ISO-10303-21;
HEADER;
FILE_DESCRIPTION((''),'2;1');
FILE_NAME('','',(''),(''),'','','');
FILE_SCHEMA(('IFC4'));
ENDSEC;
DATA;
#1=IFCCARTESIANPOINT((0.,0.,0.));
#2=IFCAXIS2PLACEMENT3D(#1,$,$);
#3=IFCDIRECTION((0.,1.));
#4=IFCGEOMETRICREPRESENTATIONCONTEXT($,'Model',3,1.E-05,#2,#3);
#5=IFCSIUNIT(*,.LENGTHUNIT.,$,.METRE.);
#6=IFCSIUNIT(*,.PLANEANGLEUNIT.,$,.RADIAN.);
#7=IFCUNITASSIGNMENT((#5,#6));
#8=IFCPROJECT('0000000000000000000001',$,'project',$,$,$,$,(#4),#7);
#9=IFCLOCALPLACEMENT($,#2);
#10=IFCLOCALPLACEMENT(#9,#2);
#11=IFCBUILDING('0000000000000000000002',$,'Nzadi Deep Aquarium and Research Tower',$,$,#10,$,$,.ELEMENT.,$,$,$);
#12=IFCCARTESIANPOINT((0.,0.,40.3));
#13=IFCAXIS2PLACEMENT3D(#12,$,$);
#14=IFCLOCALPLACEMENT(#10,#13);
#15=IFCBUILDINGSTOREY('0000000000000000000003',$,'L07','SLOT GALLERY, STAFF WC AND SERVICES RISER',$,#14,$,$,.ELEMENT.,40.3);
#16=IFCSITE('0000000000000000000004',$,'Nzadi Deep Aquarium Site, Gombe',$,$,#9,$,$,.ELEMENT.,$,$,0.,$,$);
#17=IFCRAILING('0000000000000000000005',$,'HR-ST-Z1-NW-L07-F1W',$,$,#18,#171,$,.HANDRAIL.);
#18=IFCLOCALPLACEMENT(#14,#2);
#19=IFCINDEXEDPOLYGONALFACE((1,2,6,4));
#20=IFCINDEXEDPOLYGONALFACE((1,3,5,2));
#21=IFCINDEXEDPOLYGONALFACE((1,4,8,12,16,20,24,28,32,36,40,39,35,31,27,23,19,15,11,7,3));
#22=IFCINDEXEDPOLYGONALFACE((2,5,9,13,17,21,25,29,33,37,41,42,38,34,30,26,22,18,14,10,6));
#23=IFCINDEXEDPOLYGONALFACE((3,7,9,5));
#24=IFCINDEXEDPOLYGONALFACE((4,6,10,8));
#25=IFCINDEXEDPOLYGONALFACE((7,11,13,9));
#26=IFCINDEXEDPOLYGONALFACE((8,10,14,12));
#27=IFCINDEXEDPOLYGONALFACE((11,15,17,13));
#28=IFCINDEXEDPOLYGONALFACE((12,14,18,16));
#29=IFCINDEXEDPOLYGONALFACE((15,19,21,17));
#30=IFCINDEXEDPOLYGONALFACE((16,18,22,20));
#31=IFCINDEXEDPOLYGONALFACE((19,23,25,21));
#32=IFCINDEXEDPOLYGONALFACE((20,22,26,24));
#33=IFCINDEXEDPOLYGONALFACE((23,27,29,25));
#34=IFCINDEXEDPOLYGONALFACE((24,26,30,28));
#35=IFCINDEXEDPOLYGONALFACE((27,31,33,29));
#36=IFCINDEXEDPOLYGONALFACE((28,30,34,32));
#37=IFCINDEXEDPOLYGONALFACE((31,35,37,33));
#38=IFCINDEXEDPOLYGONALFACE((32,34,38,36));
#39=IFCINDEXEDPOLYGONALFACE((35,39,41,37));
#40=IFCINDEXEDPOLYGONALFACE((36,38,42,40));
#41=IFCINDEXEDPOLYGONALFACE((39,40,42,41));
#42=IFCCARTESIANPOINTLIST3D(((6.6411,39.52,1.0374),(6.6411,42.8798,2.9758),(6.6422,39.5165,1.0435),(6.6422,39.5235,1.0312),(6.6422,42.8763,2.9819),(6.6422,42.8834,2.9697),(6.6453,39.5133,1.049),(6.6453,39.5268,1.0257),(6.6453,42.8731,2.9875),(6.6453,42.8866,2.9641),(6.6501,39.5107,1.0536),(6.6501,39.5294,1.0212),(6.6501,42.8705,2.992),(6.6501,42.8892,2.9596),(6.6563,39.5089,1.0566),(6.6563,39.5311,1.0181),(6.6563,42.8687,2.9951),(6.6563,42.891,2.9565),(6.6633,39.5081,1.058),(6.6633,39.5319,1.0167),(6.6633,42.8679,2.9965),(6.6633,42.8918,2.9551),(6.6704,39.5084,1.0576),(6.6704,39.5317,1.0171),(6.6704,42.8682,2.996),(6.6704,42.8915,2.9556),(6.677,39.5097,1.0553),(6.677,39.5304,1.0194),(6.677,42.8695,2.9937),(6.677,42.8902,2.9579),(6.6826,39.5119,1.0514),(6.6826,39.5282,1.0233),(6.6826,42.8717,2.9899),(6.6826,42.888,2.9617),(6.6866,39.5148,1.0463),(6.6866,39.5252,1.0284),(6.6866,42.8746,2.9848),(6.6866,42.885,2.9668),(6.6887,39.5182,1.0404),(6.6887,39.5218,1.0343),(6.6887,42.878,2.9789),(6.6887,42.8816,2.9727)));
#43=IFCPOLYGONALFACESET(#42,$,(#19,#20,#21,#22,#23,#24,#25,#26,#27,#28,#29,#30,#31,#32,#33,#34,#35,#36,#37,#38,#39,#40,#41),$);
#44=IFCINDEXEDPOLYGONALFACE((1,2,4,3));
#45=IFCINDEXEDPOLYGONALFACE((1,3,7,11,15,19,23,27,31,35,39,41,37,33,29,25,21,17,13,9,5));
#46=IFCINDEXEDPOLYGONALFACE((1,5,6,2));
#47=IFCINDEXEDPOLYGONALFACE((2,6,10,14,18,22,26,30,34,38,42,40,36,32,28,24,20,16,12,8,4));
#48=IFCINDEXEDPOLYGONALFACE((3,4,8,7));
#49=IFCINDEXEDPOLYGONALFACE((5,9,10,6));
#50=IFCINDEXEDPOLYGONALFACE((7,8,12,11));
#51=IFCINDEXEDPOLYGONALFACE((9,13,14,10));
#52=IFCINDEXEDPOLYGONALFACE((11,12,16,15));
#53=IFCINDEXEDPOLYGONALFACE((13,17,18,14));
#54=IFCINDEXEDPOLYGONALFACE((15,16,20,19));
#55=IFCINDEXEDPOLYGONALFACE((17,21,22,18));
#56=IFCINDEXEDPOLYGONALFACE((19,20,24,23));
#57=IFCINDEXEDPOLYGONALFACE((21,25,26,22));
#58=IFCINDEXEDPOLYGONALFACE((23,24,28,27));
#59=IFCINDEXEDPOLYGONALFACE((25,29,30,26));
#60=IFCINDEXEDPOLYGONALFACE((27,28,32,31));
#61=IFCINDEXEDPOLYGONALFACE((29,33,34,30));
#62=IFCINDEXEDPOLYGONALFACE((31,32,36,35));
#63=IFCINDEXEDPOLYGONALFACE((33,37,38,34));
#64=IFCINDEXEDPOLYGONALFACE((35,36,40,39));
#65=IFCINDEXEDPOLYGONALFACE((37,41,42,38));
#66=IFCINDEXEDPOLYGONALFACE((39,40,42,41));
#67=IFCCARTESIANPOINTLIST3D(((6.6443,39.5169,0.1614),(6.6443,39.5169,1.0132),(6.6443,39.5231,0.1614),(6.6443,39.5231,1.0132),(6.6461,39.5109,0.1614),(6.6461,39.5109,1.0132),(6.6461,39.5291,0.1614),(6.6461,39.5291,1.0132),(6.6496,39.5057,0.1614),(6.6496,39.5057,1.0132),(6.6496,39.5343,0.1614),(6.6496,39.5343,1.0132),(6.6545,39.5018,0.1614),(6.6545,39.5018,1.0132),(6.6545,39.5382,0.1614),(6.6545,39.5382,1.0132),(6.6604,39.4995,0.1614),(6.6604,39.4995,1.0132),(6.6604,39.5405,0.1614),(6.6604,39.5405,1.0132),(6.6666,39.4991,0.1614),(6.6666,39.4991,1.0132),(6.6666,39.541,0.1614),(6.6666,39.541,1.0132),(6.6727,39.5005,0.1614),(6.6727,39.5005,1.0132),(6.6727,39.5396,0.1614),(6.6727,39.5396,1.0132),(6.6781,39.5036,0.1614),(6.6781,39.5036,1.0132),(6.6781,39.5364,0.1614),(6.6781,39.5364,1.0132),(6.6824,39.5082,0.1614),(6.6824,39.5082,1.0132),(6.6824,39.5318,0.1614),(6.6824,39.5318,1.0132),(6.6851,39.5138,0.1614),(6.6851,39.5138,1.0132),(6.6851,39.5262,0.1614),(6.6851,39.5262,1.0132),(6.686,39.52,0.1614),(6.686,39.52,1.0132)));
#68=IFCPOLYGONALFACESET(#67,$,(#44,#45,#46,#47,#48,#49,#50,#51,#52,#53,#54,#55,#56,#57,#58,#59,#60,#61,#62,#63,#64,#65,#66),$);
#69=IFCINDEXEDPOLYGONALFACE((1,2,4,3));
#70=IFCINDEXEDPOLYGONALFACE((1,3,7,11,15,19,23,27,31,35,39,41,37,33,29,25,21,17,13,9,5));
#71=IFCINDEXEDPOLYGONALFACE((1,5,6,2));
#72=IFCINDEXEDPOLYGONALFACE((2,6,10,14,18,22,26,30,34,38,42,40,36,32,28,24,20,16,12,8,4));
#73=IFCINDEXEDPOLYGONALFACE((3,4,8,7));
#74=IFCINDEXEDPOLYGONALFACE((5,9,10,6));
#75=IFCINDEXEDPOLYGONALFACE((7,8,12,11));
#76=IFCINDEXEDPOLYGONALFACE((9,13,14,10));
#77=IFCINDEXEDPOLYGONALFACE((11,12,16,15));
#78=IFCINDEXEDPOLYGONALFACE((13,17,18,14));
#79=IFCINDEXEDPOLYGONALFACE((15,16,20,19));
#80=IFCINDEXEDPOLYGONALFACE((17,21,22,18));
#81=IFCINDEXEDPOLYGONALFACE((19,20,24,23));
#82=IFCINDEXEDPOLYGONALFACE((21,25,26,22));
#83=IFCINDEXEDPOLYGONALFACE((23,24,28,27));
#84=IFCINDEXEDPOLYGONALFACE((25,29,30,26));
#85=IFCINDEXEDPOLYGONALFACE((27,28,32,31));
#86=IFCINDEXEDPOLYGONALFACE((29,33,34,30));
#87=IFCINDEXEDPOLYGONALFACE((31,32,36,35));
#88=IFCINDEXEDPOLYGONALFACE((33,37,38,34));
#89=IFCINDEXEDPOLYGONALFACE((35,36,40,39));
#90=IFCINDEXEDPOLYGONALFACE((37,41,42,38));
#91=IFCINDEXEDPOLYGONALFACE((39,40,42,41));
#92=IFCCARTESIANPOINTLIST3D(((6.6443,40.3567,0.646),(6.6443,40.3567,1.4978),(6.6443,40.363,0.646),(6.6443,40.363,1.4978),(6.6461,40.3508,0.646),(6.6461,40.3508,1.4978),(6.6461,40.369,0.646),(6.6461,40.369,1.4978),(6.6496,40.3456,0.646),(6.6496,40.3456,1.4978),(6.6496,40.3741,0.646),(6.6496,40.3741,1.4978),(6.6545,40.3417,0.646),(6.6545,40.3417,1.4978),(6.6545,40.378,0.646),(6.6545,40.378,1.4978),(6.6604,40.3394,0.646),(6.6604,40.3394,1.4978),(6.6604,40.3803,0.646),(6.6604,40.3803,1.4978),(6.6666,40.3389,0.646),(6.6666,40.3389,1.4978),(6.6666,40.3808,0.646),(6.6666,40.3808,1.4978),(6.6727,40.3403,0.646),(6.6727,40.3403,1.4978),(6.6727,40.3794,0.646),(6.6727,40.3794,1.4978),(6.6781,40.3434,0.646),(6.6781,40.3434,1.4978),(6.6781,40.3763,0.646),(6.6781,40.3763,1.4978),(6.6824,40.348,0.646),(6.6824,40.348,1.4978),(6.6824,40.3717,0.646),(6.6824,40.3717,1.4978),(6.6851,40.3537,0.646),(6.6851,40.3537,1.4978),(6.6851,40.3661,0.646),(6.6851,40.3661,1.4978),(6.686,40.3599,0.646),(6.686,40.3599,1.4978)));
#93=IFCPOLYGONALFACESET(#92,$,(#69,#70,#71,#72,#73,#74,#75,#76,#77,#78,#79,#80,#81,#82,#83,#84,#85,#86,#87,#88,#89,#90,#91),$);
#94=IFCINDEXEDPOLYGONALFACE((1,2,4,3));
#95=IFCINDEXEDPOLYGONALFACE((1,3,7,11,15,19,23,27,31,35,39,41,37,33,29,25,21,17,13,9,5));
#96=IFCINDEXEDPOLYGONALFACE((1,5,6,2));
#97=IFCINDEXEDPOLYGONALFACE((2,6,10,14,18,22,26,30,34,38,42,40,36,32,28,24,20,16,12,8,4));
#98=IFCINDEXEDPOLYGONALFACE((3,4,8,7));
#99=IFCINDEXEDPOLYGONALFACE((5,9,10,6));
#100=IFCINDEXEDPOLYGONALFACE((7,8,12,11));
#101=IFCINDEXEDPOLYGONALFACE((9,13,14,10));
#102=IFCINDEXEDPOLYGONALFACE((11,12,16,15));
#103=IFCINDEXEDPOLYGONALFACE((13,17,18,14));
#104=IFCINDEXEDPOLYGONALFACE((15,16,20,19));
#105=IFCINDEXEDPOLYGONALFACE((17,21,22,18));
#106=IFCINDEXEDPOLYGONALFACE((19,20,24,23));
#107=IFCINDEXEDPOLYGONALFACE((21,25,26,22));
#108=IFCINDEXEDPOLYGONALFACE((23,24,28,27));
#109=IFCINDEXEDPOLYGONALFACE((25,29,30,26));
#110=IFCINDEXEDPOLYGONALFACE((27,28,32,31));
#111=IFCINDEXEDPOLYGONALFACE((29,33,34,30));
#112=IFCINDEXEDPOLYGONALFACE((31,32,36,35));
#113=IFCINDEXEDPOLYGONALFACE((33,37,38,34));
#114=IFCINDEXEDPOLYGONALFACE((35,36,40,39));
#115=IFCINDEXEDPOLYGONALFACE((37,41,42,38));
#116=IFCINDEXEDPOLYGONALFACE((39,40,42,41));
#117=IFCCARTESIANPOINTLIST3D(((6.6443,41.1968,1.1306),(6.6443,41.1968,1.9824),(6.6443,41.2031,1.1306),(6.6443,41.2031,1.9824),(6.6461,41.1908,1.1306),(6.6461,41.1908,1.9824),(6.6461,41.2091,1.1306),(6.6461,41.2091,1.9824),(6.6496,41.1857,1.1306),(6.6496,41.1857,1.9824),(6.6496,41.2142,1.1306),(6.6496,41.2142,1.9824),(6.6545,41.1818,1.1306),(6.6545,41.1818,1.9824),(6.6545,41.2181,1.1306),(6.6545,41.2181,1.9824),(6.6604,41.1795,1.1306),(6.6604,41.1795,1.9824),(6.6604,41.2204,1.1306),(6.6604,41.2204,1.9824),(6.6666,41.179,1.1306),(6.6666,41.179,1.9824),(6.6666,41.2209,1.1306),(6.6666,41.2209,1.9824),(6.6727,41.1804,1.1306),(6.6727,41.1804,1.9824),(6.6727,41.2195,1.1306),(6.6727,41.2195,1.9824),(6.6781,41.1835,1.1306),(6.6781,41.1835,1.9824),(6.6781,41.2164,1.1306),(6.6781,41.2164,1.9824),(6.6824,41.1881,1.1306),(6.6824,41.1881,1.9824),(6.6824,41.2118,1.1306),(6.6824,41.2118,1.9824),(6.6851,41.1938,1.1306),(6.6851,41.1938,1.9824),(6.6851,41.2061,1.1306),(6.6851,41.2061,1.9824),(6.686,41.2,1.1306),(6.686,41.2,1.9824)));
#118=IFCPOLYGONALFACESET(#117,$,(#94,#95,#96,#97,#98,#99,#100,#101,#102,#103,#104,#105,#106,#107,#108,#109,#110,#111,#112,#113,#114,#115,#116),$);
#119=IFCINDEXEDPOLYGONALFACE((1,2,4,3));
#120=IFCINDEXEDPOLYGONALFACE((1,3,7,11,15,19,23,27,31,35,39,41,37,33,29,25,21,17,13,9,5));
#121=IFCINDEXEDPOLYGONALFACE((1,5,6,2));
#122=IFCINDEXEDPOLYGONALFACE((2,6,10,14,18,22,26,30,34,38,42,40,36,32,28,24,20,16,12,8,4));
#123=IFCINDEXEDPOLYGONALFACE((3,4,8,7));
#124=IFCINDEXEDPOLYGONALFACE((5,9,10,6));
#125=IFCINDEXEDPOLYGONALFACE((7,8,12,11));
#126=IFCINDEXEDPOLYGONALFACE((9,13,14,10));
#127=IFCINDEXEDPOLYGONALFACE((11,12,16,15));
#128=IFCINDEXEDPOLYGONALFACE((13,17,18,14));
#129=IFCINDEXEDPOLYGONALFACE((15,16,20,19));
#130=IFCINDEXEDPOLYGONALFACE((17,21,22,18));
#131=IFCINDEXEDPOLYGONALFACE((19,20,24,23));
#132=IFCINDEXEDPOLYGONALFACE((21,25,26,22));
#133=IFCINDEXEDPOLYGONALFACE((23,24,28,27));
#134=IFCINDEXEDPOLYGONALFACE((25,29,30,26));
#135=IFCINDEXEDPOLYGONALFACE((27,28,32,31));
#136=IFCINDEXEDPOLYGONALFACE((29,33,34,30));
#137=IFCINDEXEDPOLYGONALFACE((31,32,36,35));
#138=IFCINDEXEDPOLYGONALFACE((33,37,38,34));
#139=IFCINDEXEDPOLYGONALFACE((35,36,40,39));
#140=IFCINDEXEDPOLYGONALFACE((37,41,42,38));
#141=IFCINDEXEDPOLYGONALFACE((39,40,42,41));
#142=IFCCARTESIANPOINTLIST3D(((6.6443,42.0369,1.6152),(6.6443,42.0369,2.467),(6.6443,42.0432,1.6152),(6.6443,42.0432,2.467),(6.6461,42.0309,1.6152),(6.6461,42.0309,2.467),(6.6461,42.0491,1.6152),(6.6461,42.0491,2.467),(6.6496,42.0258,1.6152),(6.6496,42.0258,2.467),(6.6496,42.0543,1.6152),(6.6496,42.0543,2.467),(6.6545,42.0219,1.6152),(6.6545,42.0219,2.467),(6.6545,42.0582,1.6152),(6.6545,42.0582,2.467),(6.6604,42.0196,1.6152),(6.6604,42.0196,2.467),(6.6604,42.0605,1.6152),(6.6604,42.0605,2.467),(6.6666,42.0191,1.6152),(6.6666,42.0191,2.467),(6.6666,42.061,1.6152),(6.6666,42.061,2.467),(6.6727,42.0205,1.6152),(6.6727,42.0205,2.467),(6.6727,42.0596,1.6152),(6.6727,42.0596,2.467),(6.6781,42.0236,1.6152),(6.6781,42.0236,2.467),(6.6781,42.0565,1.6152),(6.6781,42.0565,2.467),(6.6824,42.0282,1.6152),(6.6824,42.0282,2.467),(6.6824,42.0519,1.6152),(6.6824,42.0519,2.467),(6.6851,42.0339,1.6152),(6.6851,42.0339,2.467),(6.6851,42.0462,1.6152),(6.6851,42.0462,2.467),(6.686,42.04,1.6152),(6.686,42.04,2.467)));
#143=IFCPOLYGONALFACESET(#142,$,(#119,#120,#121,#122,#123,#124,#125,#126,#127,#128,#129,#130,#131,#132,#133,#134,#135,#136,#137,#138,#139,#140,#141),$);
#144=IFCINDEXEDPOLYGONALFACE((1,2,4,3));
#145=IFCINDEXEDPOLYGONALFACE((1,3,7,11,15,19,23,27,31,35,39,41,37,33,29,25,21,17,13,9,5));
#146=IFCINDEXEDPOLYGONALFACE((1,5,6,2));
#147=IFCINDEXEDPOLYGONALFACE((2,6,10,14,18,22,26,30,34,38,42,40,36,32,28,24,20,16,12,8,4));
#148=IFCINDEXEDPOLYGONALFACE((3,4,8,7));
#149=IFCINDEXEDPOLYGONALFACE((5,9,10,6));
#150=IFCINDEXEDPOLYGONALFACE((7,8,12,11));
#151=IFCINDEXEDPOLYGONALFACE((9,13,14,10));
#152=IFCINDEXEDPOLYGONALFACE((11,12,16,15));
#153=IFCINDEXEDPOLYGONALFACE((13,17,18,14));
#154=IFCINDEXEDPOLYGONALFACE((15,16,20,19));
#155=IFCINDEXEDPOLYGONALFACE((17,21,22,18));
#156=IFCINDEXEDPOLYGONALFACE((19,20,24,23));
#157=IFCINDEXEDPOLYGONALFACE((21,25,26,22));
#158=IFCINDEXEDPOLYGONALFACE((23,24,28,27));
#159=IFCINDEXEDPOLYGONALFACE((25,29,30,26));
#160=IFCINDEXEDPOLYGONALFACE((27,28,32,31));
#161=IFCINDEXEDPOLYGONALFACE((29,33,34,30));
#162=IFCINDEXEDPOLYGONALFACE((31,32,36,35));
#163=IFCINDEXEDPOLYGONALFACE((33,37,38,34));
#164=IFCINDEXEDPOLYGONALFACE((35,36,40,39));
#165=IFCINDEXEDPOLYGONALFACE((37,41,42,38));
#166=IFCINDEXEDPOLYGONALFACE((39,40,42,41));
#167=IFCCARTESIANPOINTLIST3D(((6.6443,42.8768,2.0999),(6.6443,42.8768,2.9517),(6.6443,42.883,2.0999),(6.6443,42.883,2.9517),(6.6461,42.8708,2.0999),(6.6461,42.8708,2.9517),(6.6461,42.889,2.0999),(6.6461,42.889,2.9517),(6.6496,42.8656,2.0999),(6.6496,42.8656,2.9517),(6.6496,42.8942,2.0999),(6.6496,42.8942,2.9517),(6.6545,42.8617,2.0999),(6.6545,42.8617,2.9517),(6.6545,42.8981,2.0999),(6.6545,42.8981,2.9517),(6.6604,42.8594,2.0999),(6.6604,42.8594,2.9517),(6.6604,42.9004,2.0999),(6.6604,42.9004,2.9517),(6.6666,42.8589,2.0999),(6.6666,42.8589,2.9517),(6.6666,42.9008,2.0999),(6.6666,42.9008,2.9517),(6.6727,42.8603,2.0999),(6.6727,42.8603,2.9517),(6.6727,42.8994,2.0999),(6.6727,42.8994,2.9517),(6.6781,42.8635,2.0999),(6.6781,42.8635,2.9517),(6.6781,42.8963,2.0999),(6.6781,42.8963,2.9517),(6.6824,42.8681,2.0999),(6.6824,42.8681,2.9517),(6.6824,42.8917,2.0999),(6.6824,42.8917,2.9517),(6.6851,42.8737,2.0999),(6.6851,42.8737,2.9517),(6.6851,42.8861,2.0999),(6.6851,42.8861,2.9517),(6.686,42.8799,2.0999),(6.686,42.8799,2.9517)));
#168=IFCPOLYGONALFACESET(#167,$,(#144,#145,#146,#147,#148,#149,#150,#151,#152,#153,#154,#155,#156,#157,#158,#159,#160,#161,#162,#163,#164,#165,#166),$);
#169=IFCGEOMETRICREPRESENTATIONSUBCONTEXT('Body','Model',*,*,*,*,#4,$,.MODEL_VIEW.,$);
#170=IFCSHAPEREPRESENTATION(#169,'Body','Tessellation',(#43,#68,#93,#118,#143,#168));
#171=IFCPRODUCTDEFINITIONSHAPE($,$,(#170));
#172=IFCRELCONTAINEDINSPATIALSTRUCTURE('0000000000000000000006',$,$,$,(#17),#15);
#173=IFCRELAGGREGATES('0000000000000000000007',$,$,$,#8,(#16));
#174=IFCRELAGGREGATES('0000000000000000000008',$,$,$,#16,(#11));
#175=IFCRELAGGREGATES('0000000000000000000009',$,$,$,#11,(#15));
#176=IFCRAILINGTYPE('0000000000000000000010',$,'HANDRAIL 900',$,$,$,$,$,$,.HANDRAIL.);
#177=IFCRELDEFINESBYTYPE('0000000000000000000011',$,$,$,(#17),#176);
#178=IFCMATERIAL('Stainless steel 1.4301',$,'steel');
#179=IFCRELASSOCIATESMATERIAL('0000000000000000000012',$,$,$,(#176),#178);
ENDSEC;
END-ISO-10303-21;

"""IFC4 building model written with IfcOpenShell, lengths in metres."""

from ifc_helpers import new_model, si_unit, direction, frame, origin, origin_2d, place, context, subcontext, project, spatial, circle, extrude, material, type_object, element, save


model = new_model("IFC4")

# Units and contexts
model_context = context("Model", 3, precision=1e-05, world=origin(), true_north=direction((0.0, 1.0)))
body_context = subcontext(model_context, "Body", "Model", "MODEL_VIEW")
ifc_project = project(units=[si_unit("LENGTHUNIT", "METRE"), si_unit("PLANEANGLEUNIT", "RADIAN")], contexts=[model_context])

# Site, building, storey
site_placement = place(None, origin())
site = spatial("IfcSite", under=ifc_project, at=site_placement, Name="Nzadi Deep Aquarium Site, Gombe", CompositionType="ELEMENT", RefElevation=0.0)
building_placement = place(site_placement, origin())
building = spatial("IfcBuilding", under=site, at=building_placement, Name="Nzadi Deep Aquarium and Research Tower", CompositionType="ELEMENT")
storey_placement = place(building_placement, frame((0.0, 0.0, 40.3)))
storey = spatial("IfcBuildingStorey", under=building, at=storey_placement, Name="L07", Description="SLOT GALLERY, STAFF WC AND SERVICES RISER", CompositionType="ELEMENT", Elevation=40.3)

# Railing
ifc_material_1 = material(Name="Stainless steel 1.4301", Category="steel")
railing_type = type_object("IfcRailingType", Name="HANDRAIL 900", PredefinedType="HANDRAIL", material=ifc_material_1)
for number, where, name in (
    (1, (6.665, 39.52, 0.1614), "HR-ST-Z1-NW-L07-F1W"),
):
    element("IfcRailing", number, at=place(storey_placement, frame(where)), inside=storey, type_object=railing_type, Name=name, PredefinedType="HANDRAIL", context=body_context, shape_type="SweptSolid", body=[
        extrude(circle(Radius=0.0239, at=origin_2d()), frame((0.0, 0.0, 0.876), z_axis=(0.0, 0.866175, 0.499741), x_axis=(-1.0, 0.0, 0.0)), (0.0, 0.0, 1.0), 3.8789),
        extrude(circle(Radius=0.021, at=origin_2d()), origin(), (0.0, 0.0, 1.0), 0.8518),
        extrude(circle(Radius=0.021, at=origin_2d()), frame((0.0, 0.8398, 0.4846)), (0.0, 0.0, 1.0), 0.8518),
        extrude(circle(Radius=0.021, at=origin_2d()), frame((0.0, 1.6799, 0.9692)), (0.0, 0.0, 1.0), 0.8518),
        extrude(circle(Radius=0.021, at=origin_2d()), frame((0.0, 2.52, 1.4539)), (0.0, 0.0, 1.0), 0.8518),
        extrude(circle(Radius=0.021, at=origin_2d()), frame((0.0, 3.3599, 1.9385)), (0.0, 0.0, 1.0), 0.8518),
    ])

save(model, "model.ifc")
